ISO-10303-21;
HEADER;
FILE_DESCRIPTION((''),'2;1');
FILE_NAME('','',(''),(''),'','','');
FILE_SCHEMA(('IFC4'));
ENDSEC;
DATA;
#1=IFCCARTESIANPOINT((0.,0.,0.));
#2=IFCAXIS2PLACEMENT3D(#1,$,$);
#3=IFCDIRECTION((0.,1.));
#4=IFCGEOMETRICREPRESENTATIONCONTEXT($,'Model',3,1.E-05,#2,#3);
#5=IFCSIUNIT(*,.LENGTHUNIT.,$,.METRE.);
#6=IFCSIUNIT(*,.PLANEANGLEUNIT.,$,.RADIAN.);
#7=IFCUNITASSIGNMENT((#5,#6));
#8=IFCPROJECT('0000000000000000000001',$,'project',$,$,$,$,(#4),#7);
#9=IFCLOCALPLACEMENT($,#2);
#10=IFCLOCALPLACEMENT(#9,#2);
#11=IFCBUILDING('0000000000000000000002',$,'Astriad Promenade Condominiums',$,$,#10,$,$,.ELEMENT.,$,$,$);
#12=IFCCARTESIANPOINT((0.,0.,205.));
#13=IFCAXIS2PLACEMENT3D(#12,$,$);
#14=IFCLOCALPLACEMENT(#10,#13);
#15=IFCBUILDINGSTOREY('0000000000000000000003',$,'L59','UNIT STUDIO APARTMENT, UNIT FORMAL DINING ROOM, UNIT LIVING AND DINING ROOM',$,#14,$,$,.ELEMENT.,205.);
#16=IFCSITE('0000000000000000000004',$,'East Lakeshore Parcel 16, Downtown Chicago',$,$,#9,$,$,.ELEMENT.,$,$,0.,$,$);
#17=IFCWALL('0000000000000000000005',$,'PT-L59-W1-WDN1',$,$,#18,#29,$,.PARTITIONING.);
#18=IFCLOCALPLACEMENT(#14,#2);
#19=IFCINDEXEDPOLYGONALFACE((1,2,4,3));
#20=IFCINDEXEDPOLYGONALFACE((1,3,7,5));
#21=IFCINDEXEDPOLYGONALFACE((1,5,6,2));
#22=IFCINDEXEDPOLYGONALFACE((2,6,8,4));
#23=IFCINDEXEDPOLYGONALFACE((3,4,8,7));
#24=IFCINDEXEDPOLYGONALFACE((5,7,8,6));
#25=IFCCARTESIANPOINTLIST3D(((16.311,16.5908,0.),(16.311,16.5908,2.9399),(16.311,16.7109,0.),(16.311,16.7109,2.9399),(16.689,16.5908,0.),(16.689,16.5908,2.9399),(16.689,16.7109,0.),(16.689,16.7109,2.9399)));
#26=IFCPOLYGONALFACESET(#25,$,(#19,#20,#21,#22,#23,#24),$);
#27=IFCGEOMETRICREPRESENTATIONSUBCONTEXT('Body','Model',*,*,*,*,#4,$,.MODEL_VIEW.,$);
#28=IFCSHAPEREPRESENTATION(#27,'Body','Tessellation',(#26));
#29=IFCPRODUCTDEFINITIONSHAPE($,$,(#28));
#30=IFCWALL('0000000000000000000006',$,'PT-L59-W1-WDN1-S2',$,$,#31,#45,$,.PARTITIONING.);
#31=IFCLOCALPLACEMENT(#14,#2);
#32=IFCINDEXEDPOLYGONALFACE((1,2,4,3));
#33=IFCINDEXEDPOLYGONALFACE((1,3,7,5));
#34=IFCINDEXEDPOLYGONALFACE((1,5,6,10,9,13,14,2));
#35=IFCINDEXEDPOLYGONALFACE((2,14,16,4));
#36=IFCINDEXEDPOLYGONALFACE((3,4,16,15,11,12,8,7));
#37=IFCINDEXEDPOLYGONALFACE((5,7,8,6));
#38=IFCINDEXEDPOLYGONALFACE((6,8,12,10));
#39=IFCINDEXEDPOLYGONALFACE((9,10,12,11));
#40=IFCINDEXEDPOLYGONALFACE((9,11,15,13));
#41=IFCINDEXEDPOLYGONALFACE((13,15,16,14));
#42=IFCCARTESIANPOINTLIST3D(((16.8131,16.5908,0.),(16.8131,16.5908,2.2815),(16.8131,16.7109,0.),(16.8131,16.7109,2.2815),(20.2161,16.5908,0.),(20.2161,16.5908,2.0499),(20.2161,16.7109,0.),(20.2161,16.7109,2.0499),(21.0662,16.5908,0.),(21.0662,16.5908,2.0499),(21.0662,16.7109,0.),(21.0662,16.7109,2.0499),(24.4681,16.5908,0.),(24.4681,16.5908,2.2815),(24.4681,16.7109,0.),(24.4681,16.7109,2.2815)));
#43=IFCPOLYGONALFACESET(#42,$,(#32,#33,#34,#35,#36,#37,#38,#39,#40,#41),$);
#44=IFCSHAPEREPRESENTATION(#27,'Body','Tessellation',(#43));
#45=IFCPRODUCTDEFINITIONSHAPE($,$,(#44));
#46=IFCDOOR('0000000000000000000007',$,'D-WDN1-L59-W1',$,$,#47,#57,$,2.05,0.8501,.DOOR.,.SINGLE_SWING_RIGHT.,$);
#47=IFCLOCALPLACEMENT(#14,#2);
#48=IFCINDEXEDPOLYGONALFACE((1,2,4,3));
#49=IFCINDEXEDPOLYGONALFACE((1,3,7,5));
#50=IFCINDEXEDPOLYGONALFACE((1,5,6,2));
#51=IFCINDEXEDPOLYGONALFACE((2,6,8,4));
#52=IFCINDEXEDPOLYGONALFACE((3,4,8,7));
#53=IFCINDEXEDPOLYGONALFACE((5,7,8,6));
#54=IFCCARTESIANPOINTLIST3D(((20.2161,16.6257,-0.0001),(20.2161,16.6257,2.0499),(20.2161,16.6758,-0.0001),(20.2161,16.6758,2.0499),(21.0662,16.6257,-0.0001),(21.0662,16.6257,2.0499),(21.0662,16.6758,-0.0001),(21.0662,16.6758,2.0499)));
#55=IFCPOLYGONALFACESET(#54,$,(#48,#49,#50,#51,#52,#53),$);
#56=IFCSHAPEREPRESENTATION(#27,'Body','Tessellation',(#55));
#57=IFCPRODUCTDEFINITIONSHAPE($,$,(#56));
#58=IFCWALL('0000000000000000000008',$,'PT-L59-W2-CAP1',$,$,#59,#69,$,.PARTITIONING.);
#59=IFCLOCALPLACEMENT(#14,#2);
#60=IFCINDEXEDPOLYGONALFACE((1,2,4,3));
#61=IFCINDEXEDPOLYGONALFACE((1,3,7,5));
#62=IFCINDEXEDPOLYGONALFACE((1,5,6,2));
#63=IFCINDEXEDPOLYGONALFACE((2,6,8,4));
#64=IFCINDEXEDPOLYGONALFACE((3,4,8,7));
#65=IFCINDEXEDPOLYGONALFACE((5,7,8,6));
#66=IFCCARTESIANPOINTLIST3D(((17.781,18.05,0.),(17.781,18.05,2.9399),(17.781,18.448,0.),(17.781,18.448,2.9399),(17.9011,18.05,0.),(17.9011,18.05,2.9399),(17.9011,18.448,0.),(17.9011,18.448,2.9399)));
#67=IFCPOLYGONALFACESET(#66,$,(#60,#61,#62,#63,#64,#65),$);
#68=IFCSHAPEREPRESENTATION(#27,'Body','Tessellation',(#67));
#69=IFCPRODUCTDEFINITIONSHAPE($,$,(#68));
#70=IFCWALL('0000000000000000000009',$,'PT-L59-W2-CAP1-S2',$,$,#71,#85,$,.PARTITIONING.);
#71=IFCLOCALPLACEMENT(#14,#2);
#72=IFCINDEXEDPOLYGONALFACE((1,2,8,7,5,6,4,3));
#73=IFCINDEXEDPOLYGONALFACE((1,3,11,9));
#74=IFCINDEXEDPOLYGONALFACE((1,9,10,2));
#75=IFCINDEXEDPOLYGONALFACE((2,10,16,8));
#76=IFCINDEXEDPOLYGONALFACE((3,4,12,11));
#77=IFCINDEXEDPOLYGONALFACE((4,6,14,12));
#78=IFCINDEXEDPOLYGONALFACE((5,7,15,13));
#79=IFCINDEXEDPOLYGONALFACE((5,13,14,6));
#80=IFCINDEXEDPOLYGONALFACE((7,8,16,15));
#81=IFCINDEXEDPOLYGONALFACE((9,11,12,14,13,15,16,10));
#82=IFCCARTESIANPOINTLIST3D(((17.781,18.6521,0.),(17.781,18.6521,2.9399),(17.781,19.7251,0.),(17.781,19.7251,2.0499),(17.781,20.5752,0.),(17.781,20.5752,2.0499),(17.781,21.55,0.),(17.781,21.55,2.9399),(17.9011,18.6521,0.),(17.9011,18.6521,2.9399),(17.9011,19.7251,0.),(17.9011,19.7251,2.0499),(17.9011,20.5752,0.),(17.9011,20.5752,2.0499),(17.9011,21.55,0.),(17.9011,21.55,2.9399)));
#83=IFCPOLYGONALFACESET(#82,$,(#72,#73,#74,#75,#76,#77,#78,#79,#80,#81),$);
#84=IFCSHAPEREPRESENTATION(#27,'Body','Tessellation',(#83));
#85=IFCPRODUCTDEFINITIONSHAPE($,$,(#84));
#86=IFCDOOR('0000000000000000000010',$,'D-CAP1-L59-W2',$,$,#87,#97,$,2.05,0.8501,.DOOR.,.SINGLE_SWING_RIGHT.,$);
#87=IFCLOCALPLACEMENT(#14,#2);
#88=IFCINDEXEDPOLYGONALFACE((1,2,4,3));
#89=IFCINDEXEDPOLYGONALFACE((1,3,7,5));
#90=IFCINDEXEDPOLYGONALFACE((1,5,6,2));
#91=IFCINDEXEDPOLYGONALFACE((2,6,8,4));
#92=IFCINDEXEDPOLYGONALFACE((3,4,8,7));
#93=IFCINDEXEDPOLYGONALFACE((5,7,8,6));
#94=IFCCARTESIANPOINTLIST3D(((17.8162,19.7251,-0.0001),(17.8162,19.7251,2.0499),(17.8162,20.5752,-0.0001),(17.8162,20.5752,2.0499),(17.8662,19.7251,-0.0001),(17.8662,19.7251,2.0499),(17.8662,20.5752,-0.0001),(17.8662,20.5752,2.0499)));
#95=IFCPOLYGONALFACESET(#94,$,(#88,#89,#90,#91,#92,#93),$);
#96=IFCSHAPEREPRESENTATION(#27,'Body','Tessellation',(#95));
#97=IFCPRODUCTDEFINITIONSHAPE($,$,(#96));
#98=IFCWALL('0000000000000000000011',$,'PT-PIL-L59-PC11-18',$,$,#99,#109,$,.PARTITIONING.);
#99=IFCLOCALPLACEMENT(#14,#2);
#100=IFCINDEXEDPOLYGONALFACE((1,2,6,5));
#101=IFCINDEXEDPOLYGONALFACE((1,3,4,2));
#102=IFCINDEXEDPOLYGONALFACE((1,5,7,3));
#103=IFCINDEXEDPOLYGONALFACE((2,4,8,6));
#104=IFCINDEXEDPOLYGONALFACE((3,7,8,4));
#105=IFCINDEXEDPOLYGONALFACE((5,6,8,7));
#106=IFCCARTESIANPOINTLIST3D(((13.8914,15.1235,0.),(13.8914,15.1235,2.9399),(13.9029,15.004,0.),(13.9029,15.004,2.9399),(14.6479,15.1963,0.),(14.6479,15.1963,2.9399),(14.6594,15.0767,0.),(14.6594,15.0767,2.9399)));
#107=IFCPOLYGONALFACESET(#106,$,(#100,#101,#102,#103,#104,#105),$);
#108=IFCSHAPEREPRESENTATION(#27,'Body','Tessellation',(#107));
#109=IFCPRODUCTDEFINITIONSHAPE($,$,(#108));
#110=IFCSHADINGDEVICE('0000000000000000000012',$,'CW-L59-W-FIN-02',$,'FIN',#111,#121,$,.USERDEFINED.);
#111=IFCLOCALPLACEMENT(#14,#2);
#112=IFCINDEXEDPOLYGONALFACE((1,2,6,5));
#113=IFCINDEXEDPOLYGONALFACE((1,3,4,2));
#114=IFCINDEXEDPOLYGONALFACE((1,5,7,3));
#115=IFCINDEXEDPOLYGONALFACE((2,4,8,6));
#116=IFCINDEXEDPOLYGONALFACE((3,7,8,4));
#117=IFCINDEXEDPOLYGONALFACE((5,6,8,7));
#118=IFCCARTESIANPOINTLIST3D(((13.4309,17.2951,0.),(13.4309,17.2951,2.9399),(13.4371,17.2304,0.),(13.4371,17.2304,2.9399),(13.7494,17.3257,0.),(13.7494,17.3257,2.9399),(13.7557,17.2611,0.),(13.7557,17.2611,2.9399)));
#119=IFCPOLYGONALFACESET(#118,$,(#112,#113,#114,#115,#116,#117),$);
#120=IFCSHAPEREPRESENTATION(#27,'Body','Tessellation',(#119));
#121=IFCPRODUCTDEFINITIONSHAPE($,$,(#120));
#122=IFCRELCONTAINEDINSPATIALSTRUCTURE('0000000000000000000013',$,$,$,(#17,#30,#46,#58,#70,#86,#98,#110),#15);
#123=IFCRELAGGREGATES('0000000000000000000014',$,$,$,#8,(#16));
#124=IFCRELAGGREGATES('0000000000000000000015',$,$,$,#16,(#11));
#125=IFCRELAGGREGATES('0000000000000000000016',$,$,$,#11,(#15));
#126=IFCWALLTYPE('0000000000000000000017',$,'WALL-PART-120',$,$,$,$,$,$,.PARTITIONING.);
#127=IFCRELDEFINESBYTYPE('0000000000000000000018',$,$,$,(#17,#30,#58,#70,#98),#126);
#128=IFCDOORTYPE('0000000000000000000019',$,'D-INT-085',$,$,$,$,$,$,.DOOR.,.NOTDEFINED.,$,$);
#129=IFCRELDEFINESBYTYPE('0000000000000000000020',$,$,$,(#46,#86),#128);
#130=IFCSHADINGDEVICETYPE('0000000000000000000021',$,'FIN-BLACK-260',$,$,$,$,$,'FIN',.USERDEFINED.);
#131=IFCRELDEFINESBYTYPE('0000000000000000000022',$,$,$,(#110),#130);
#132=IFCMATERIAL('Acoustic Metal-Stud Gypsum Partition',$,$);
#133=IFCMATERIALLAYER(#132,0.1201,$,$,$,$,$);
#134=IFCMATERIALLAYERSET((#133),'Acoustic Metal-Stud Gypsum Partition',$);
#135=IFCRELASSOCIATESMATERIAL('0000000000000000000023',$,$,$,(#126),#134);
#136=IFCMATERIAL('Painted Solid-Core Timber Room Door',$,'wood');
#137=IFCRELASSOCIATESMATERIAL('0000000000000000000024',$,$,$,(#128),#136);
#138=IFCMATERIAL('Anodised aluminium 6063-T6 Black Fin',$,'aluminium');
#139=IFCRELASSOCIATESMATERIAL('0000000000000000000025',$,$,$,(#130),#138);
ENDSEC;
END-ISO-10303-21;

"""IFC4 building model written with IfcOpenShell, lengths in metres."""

from ifc_helpers import new_model, si_unit, direction, frame, frame_2d, origin, origin_2d, place, context, subcontext, project, spatial, rectangle, extrude, source, transform, mapped, material, layer, layer_set, type_object, type_shapes, element, fill, save


model = new_model("IFC4")

# Units and contexts
model_context = context("Model", 3, precision=1e-05, world=origin(), true_north=direction((0.0, 1.0)))
body_context = subcontext(model_context, "Body", "Model", "MODEL_VIEW")
ifc_project = project(units=[si_unit("LENGTHUNIT", "METRE"), si_unit("PLANEANGLEUNIT", "RADIAN")], contexts=[model_context])

# Site, building, storey
site_placement = place(None, origin())
site = spatial("IfcSite", under=ifc_project, at=site_placement, Name="East Lakeshore Parcel 16, Downtown Chicago", CompositionType="ELEMENT", RefElevation=0.0)
building_placement = place(site_placement, origin())
building = spatial("IfcBuilding", under=site, at=building_placement, Name="Astriad Promenade Condominiums", CompositionType="ELEMENT")
storey_placement = place(building_placement, frame((0.0, 0.0, 205.0)))
storey = spatial("IfcBuildingStorey", under=building, at=storey_placement, Name="L59", Description="UNIT STUDIO APARTMENT, UNIT FORMAL DINING ROOM, UNIT LIVING AND DINING ROOM", CompositionType="ELEMENT", Elevation=205.0)

# Wall
ifc_material_1 = material(Name="Acoustic Metal-Stud Gypsum Partition")
ifc_layer_1 = layer(ifc_material_1, 0.1201)
ifc_layer_set_1 = layer_set([ifc_layer_1], Name="Acoustic Metal-Stud Gypsum Partition")
wall_type_1 = type_object("IfcWallType", Name="WALL-PART-120", PredefinedType="PARTITIONING", material=ifc_layer_set_1)
wall_1_placement = place(storey_placement, frame((16.311, 16.6509, 0.0), z_axis=(0.0, 0.0, 1.0), x_axis=(1.0, 0.0, 0.0)))
element("IfcWall", 1, at=wall_1_placement, inside=storey, type_object=wall_type_1, Name="PT-L59-W1-WDN1", PredefinedType="PARTITIONING", context=body_context, shape_type="SweptSolid", body=[
    extrude(rectangle(XDim=0.3779, YDim=0.1201, at=frame_2d((0.189, 0.0))), origin(), (0.0, 0.0, 1.0), 2.9399),
])

# Wall, opening, door
wall_2_placement = place(storey_placement, frame((16.813, 16.6509, 0.0), z_axis=(0.0, 0.0, 1.0), x_axis=(1.0, 0.0, 0.0)))
wall_2 = element("IfcWall", 2, at=wall_2_placement, inside=storey, type_object=wall_type_1, Name="PT-L59-W1-WDN1-S2", PredefinedType="PARTITIONING", context=body_context, shape_type="SweptSolid", body=[
    extrude(rectangle(XDim=7.655, YDim=0.1201, at=frame_2d((3.8276, 0.0))), origin(), (0.0, 0.0, 1.0), 2.2815),
])
opening_1_placement = place(wall_2_placement, frame((3.4031, 0.0, 0.0)))
opening_1 = element("IfcOpeningElement", 3, at=opening_1_placement, cuts=wall_2, PredefinedType="OPENING", context=body_context, shape_type="SweptSolid", body=[
    extrude(rectangle(XDim=0.8501, YDim=2.05, at=frame_2d((0.425, 1.0249))), frame((0.0, 0.0701, 0.0), z_axis=(0.0, -1.0, 0.0), x_axis=(1.0, 0.0, 0.0)), (0.0, 0.0, 1.0), 0.1401),
])
ifc_material_2 = material(Name="Painted Solid-Core Timber Room Door", Category="wood")
door_type = type_object("IfcDoorType", Name="D-INT-085", OperationType="NOTDEFINED", PredefinedType="DOOR", material=ifc_material_2)
shared_shape_1 = source(origin(), body_context, "Body", "SweptSolid", [
    extrude(rectangle(XDim=0.8501, YDim=2.05, at=frame_2d((0.425, 1.0249))), frame((0.0, 0.0249, 0.0), z_axis=(0.0, -1.0, 0.0), x_axis=(1.0, 0.0, 0.0)), (0.0, 0.0, 1.0), 0.05),
])
type_shapes(door_type, [shared_shape_1])
door_1_placement = place(opening_1_placement, origin())
door_1 = element("IfcDoor", 4, at=door_1_placement, inside=storey, type_object=door_type, Name="D-WDN1-L59-W1", OperationType="SINGLE_SWING_RIGHT", OverallHeight=2.05, OverallWidth=0.8501, PredefinedType="DOOR", context=body_context, shape_type="MappedRepresentation", body=[
    mapped(shared_shape_1, transform((0.0, 0.0, 0.0), scale=1.0)),
])
fill(opening_1, door_1)

# Wall
wall_3_placement = place(storey_placement, frame((17.8411, 18.05, 0.0), z_axis=(0.0, 0.0, 1.0), x_axis=(0.0, 1.0, 0.0)))
element("IfcWall", 5, at=wall_3_placement, inside=storey, type_object=wall_type_1, Name="PT-L59-W2-CAP1", PredefinedType="PARTITIONING", context=body_context, shape_type="SweptSolid", body=[
    extrude(rectangle(XDim=0.3979, YDim=0.1201, at=frame_2d((0.199, 0.0))), origin(), (0.0, 0.0, 1.0), 2.9399),
])

# Wall, opening, door
wall_4_placement = place(storey_placement, frame((17.8411, 18.6521, 0.0), z_axis=(0.0, 0.0, 1.0), x_axis=(0.0, 1.0, 0.0)))
wall_4 = element("IfcWall", 6, at=wall_4_placement, inside=storey, type_object=wall_type_1, Name="PT-L59-W2-CAP1-S2", PredefinedType="PARTITIONING", context=body_context, shape_type="SweptSolid", body=[
    extrude(rectangle(XDim=2.8979, YDim=0.1201, at=frame_2d((1.449, 0.0))), origin(), (0.0, 0.0, 1.0), 2.9399),
])
opening_2_placement = place(wall_4_placement, frame((1.073, 0.0, 0.0)))
opening_2 = element("IfcOpeningElement", 7, at=opening_2_placement, cuts=wall_4, PredefinedType="OPENING", context=body_context, shape_type="SweptSolid", body=[
    extrude(rectangle(XDim=0.8501, YDim=2.05, at=frame_2d((0.425, 1.0249))), frame((0.0, 0.0701, 0.0), z_axis=(0.0, -1.0, 0.0), x_axis=(1.0, 0.0, 0.0)), (0.0, 0.0, 1.0), 0.1401),
])
door_2_placement = place(opening_2_placement, origin())
door_2 = element("IfcDoor", 8, at=door_2_placement, inside=storey, type_object=door_type, Name="D-CAP1-L59-W2", OperationType="SINGLE_SWING_RIGHT", OverallHeight=2.05, OverallWidth=0.8501, PredefinedType="DOOR", context=body_context, shape_type="MappedRepresentation", body=[
    mapped(shared_shape_1, transform((0.0, 0.0, 0.0), scale=1.0)),
])
fill(opening_2, door_2)

# Wall
wall_5_placement = place(storey_placement, frame((14.6536, 15.1365, 0.0), z_axis=(0.0, 0.0, 1.0), x_axis=(-0.995408, -0.095719, 0.0)))
element("IfcWall", 9, at=wall_5_placement, inside=storey, type_object=wall_type_1, Name="PT-PIL-L59-PC11-18", PredefinedType="PARTITIONING", context=body_context, shape_type="SweptSolid", body=[
    extrude(rectangle(XDim=0.76, YDim=0.1201, at=frame_2d((0.3799, 0.0))), origin(), (0.0, 0.0, 1.0), 2.9399),
])

# Shading device
ifc_material_3 = material(Name="Anodised aluminium 6063-T6 Black Fin", Category="aluminium")
shading_device_type = type_object("IfcShadingDeviceType", Name="FIN-BLACK-260", ElementType="FIN", PredefinedType="USERDEFINED", material=ifc_material_3)
shared_shape_2 = source(origin(), body_context, "Body", "SweptSolid", [
    extrude(rectangle(XDim=0.0649, YDim=0.3201, at=origin_2d()), origin(), (0.0, 0.0, 1.0), 2.9399),
])
type_shapes(shading_device_type, [shared_shape_2])
shading_device_placement = place(storey_placement, frame((13.5933, 17.2781, 0.0), z_axis=(0.0, 0.0, 1.0), x_axis=(-0.095846, 0.995396, 0.0)))
element("IfcShadingDevice", 10, at=shading_device_placement, inside=storey, type_object=shading_device_type, Name="CW-L59-W-FIN-02", ObjectType="FIN", PredefinedType="USERDEFINED", context=body_context, shape_type="MappedRepresentation", body=[
    mapped(shared_shape_2, transform((0.0, 0.0, 0.0), scale=1.0)),
])

save(model, "model.ifc")
